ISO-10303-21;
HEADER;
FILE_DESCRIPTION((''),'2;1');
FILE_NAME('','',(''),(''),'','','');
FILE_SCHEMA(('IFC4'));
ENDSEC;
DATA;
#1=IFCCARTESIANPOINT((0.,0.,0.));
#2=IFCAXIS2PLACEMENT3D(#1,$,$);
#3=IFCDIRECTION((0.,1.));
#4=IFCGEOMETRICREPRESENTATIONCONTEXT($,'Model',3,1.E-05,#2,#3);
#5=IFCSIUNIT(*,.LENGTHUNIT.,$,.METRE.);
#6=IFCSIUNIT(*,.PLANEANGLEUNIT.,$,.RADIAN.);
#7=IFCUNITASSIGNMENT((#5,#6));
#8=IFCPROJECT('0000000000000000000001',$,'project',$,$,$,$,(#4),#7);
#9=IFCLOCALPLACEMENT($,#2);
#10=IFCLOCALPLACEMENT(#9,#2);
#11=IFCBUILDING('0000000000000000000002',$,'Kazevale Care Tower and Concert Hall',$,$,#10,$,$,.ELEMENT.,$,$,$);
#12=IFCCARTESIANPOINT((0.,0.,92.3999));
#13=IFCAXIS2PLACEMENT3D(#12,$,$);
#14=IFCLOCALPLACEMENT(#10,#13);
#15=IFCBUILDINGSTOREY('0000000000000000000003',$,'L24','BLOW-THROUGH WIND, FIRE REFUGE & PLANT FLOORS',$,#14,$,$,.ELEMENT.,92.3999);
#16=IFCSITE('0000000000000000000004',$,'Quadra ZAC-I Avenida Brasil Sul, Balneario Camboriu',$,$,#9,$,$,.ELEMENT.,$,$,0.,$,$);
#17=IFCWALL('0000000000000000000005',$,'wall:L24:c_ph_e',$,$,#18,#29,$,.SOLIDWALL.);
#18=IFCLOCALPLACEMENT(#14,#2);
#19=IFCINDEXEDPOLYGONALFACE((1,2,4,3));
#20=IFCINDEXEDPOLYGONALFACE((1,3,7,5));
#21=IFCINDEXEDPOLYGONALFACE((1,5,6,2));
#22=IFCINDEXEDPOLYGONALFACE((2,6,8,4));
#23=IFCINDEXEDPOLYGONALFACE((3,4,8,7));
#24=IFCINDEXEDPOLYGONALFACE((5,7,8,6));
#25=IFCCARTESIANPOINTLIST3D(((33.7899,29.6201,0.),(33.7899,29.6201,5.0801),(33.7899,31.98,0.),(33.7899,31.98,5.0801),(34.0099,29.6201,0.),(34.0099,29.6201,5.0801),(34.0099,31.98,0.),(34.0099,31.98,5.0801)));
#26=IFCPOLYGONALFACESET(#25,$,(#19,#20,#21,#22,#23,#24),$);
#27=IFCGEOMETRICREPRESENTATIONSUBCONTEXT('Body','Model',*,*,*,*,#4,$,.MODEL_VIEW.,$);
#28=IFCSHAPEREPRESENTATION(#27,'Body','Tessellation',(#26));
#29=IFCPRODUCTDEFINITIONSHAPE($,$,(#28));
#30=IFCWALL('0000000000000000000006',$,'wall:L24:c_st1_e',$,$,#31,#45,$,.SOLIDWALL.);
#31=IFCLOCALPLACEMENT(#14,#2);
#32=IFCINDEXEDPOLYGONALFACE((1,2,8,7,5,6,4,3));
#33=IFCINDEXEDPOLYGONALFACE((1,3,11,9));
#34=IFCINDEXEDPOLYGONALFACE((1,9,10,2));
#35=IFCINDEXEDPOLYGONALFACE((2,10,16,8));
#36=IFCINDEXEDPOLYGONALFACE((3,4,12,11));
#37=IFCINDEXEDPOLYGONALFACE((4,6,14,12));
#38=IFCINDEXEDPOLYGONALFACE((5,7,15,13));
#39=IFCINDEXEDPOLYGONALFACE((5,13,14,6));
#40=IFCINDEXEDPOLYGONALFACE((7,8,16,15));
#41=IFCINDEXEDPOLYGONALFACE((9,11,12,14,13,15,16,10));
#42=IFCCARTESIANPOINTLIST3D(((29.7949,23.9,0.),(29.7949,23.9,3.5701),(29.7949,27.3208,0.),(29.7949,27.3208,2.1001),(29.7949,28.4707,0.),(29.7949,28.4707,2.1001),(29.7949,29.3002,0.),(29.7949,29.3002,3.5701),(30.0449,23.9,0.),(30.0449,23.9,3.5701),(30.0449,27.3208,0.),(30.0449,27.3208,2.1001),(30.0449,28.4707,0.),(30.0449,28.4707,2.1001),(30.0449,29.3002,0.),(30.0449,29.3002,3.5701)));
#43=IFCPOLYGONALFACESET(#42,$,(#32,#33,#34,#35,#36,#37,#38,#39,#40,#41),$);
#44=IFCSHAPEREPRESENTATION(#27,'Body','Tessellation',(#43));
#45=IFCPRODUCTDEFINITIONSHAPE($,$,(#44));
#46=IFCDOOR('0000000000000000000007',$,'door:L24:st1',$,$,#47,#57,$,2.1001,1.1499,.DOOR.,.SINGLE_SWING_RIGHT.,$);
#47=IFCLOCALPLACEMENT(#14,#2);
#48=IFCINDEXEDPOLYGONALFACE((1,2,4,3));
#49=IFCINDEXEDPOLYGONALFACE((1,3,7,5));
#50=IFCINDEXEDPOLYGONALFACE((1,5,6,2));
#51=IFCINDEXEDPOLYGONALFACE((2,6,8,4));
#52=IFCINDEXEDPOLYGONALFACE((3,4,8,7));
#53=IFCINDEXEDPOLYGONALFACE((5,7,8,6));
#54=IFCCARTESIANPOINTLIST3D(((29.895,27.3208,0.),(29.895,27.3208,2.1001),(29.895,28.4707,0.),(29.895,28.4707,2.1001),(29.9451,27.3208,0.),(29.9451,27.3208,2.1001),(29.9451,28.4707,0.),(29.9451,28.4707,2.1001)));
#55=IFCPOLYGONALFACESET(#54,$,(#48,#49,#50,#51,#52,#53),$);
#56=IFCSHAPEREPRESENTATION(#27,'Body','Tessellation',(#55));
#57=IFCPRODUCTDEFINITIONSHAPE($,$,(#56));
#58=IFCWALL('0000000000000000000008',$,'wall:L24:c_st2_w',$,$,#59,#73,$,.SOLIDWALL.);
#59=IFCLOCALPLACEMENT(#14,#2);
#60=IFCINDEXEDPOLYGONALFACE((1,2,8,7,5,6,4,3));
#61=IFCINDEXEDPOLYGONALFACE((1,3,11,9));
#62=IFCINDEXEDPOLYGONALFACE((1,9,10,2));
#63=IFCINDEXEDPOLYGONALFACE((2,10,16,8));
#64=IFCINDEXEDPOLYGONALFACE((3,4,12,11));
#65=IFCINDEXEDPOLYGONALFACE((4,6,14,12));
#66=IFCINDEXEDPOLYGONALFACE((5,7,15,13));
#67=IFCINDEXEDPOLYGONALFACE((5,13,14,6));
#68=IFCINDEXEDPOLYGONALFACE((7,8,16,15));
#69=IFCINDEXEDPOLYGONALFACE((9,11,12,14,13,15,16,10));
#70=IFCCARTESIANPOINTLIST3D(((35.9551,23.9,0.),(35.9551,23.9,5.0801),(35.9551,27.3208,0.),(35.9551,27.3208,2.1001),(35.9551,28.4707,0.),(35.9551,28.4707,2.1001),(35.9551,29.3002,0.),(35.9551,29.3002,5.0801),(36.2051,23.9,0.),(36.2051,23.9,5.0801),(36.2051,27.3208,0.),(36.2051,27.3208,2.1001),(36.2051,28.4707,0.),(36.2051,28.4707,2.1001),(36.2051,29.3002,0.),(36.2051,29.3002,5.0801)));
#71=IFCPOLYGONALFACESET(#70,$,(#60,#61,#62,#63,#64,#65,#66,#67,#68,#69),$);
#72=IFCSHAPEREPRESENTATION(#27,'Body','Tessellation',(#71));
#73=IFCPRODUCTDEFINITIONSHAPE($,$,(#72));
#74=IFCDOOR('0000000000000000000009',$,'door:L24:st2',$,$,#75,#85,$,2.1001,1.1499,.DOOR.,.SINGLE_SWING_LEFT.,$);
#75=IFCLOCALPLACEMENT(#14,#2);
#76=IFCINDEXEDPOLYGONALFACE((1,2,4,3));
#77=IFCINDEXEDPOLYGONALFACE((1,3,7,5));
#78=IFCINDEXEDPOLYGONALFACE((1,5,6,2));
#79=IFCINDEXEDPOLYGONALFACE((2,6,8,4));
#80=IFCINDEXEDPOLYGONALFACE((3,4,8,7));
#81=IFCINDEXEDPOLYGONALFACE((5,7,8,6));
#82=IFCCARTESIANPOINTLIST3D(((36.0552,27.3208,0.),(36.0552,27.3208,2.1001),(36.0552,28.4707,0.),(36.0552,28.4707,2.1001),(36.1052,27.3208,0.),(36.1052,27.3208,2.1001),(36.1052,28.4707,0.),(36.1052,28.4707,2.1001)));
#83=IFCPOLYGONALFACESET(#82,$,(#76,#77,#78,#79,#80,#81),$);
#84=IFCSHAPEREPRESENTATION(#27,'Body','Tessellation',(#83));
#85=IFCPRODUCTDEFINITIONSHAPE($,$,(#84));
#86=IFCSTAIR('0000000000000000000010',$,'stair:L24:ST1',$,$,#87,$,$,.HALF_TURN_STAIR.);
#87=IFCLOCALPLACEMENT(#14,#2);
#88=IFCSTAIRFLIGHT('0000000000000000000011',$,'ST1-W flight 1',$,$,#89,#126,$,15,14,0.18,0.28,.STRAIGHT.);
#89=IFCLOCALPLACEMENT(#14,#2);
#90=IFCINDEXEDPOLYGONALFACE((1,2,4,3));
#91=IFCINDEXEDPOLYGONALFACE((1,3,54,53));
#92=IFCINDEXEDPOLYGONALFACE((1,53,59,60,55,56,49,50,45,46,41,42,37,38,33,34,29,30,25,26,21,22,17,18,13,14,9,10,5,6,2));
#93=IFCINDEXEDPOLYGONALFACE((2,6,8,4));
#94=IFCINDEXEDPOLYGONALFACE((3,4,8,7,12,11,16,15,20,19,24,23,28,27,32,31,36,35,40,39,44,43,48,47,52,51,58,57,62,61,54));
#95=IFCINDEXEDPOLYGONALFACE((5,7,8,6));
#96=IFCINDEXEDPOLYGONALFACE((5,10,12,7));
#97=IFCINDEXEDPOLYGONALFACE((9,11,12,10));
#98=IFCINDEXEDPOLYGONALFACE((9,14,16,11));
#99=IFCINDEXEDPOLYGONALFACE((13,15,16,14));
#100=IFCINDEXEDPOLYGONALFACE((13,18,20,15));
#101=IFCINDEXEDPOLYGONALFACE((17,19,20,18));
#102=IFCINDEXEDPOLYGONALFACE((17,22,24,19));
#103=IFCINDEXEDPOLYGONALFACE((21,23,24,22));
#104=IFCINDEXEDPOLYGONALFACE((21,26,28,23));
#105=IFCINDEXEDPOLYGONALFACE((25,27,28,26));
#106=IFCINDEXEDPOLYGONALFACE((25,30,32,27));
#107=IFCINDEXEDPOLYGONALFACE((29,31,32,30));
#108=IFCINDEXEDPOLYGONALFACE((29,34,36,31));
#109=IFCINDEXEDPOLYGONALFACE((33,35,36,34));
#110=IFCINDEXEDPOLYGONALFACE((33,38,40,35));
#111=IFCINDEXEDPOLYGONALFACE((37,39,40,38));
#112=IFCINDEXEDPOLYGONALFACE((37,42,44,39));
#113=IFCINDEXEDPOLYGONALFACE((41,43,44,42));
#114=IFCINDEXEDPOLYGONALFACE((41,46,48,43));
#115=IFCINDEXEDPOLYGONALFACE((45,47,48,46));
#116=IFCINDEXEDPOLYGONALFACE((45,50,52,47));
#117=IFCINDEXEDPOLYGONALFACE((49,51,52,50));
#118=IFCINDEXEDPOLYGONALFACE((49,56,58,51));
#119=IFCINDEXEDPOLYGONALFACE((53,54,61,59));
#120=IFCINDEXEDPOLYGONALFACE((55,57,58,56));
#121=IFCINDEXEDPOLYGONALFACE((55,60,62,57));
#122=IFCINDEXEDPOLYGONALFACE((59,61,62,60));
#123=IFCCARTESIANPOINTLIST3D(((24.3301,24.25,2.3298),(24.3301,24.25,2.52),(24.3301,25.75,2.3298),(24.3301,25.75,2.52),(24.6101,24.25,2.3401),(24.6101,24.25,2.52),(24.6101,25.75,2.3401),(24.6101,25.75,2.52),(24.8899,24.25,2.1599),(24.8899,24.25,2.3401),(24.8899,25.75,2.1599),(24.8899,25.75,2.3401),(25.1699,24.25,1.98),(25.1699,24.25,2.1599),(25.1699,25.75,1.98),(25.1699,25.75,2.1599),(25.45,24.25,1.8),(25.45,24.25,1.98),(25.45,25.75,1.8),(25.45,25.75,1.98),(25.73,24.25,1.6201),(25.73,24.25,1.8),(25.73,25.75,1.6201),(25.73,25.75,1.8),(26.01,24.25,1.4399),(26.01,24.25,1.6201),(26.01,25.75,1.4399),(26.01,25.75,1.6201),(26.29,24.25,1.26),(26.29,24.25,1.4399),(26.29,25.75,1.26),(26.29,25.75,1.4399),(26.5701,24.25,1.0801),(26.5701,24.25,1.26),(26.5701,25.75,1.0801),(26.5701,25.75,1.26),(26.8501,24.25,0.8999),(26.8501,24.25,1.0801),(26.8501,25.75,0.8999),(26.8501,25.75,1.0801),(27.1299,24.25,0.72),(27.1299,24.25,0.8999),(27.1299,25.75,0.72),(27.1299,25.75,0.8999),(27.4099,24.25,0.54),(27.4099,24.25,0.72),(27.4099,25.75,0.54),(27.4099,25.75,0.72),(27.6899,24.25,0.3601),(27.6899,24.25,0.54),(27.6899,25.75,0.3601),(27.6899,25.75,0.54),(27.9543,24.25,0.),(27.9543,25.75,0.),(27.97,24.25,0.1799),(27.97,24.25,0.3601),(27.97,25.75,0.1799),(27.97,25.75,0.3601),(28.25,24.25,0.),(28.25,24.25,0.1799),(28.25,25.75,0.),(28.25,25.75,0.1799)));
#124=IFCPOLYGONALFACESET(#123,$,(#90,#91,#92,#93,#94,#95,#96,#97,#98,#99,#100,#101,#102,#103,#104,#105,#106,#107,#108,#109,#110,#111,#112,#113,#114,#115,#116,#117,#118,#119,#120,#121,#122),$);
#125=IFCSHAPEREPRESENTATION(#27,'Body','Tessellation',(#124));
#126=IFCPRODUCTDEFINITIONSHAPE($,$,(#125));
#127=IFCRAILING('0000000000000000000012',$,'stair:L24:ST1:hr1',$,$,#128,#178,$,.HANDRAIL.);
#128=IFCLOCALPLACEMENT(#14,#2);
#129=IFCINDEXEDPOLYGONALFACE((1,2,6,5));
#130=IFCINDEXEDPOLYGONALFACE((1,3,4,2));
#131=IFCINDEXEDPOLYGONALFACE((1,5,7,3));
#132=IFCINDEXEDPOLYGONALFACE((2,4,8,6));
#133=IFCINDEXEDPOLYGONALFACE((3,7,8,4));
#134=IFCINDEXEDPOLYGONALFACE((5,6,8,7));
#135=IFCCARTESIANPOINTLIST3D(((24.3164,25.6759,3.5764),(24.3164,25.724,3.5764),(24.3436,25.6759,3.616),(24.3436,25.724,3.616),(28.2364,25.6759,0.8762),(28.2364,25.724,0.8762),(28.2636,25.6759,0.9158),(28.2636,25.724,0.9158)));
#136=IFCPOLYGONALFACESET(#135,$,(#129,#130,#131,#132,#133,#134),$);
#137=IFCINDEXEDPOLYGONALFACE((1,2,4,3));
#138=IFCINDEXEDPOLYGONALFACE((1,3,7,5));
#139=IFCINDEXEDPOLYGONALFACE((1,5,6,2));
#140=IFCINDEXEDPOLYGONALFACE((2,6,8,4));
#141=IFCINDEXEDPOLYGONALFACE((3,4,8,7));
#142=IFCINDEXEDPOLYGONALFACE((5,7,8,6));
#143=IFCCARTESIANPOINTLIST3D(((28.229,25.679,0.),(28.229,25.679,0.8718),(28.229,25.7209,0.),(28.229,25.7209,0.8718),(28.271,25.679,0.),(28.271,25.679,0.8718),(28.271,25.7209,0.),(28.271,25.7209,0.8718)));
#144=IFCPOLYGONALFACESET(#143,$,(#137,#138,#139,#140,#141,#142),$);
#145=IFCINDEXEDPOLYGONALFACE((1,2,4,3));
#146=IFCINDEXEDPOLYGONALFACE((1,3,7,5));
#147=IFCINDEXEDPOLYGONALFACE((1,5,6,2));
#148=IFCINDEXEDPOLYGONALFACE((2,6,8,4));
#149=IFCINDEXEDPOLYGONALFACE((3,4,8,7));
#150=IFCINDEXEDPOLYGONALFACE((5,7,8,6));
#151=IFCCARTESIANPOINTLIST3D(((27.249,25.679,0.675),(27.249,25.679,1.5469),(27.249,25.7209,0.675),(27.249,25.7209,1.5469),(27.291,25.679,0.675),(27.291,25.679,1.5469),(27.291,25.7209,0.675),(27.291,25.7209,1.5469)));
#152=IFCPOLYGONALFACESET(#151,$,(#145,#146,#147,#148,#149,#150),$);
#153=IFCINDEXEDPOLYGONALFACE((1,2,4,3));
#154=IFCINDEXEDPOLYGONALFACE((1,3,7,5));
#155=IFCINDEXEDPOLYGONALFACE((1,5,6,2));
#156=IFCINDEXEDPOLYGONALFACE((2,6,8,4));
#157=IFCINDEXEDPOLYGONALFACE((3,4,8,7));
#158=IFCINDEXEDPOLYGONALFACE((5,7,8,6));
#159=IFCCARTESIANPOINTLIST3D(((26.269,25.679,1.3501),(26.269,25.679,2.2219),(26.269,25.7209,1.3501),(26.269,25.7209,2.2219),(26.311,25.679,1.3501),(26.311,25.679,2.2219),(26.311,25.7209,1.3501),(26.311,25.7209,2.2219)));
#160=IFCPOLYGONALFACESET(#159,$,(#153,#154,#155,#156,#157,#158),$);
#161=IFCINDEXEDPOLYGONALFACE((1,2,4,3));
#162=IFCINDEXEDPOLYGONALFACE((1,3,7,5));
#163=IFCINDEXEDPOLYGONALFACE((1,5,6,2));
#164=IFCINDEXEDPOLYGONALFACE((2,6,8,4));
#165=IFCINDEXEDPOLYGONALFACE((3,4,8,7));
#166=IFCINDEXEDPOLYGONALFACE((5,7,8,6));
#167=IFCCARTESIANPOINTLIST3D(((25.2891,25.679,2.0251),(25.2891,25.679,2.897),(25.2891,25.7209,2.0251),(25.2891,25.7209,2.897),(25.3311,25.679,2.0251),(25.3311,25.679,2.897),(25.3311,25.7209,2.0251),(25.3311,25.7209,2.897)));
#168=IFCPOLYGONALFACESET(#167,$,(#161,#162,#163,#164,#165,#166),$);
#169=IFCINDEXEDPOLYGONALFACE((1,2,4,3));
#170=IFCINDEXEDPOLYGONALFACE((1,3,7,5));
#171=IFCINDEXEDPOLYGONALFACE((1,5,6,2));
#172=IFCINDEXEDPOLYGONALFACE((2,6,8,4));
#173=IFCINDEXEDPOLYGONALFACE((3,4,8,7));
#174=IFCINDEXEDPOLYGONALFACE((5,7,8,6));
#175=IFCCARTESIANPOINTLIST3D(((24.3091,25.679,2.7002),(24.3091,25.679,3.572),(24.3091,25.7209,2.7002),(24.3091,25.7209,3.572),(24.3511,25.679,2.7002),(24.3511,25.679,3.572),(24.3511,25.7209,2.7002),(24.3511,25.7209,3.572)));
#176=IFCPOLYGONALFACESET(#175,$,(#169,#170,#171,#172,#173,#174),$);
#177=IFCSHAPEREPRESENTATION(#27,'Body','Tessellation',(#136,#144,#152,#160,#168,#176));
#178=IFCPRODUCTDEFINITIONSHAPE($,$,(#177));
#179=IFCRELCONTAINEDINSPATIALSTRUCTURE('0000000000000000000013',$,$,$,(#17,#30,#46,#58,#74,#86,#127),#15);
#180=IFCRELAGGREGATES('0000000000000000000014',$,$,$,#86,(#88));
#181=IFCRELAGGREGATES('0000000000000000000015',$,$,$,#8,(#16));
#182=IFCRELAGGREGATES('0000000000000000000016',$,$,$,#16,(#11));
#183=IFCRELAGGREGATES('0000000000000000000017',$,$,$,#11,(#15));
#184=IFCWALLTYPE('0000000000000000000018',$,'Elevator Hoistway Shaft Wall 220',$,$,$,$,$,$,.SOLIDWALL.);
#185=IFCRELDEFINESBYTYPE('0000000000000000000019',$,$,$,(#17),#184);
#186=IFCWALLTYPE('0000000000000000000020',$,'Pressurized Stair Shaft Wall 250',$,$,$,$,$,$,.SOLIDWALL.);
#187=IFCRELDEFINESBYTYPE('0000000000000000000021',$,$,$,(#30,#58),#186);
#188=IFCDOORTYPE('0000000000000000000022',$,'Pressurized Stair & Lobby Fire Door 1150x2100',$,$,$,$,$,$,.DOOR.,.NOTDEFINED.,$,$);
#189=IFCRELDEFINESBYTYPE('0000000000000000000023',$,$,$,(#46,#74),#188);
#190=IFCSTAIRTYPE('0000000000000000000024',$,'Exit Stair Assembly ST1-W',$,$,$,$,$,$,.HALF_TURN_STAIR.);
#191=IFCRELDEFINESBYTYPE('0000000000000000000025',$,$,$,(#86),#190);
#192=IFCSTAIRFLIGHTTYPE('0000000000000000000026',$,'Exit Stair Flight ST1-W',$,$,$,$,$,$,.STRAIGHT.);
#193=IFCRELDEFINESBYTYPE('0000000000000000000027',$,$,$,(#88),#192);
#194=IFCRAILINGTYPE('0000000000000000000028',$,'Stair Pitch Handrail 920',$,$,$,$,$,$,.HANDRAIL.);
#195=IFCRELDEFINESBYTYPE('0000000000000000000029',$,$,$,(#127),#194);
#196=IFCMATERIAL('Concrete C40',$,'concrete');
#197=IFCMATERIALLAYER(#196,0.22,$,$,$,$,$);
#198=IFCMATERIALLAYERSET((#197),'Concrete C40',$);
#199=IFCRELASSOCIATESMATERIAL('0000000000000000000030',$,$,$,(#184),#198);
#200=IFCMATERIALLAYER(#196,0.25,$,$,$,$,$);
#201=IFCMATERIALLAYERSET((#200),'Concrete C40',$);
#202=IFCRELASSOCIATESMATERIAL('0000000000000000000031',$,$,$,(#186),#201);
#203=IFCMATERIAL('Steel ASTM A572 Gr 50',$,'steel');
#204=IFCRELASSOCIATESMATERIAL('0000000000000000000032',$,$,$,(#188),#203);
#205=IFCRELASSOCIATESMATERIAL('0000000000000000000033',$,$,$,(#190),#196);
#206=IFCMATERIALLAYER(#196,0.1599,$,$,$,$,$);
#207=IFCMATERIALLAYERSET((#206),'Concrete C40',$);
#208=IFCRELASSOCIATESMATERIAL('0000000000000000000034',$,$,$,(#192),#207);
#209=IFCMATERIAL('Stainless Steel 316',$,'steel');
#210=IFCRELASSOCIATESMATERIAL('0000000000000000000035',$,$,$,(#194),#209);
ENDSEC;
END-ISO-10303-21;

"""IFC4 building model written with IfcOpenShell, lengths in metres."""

from ifc_helpers import new_model, si_unit, direction, frame, frame_2d, origin, origin_2d, place, context, subcontext, project, spatial, polyline, rectangle, outline, extrude, material, layer, layer_set, type_object, element, fill, aggregate, save


model = new_model("IFC4")

# Units and contexts
model_context = context("Model", 3, precision=1e-05, world=origin(), true_north=direction((0.0, 1.0)))
body_context = subcontext(model_context, "Body", "Model", "MODEL_VIEW")
ifc_project = project(units=[si_unit("LENGTHUNIT", "METRE"), si_unit("PLANEANGLEUNIT", "RADIAN")], contexts=[model_context])

# Site, building, storey
site_placement = place(None, origin())
site = spatial("IfcSite", under=ifc_project, at=site_placement, Name="Quadra ZAC-I Avenida Brasil Sul, Balneario Camboriu", CompositionType="ELEMENT", RefElevation=0.0)
building_placement = place(site_placement, origin())
building = spatial("IfcBuilding", under=site, at=building_placement, Name="Kazevale Care Tower and Concert Hall", CompositionType="ELEMENT")
storey_placement = place(building_placement, frame((0.0, 0.0, 92.3999)))
storey = spatial("IfcBuildingStorey", under=building, at=storey_placement, Name="L24", Description="BLOW-THROUGH WIND, FIRE REFUGE & PLANT FLOORS", CompositionType="ELEMENT", Elevation=92.3999)

# Shared definitions
ifc_material_1 = material(Name="Steel ASTM A572 Gr 50", Category="steel")

# Shared definitions
ifc_material_2 = material(Name="Concrete C40", Category="concrete")
ifc_layer_1 = layer(ifc_material_2, 0.22)
ifc_layer_set_1 = layer_set([ifc_layer_1], Name="Concrete C40")
wall_type_1 = type_object("IfcWallType", Name="Elevator Hoistway Shaft Wall 220", PredefinedType="SOLIDWALL", material=ifc_layer_set_1)
ifc_material_3 = material(Name="Stainless Steel 316", Category="steel")

# Wall
wall_1_placement = place(storey_placement, frame((33.8999, 29.6201, 0.0), z_axis=(0.0, 0.0, 1.0), x_axis=(0.0, 1.0, 0.0)))
element("IfcWall", 1, at=wall_1_placement, inside=storey, type_object=wall_type_1, Name="wall:L24:c_ph_e", PredefinedType="SOLIDWALL", context=body_context, shape_type="SweptSolid", body=[
    extrude(rectangle(XDim=2.3599, YDim=0.22, at=frame_2d((1.1799, 0.0))), origin(), (0.0, 0.0, 1.0), 5.0801),
])

# Walls, openings, doors
ifc_layer_2 = layer(ifc_material_2, 0.25)
ifc_layer_set_2 = layer_set([ifc_layer_2], Name="Concrete C40")
wall_type_2 = type_object("IfcWallType", Name="Pressurized Stair Shaft Wall 250", PredefinedType="SOLIDWALL", material=ifc_layer_set_2)
wall_2_placement = place(storey_placement, frame((29.9199, 23.8999, 0.0), z_axis=(0.0, 0.0, 1.0), x_axis=(0.0, 1.0, 0.0)))
wall_2 = element("IfcWall", 2, at=wall_2_placement, inside=storey, type_object=wall_type_2, Name="wall:L24:c_st1_e", PredefinedType="SOLIDWALL", context=body_context, shape_type="SweptSolid", body=[
    extrude(rectangle(XDim=5.4001, YDim=0.25, at=frame_2d((2.7002, 0.0))), origin(), (0.0, 0.0, 1.0), 3.5701),
])
opening_1_placement = place(wall_2_placement, frame((3.4209, 0.0, 0.0)))
opening_1 = element("IfcOpeningElement", 3, at=opening_1_placement, cuts=wall_2, PredefinedType="OPENING", context=body_context, shape_type="SweptSolid", body=[
    extrude(rectangle(XDim=1.1499, YDim=2.1001, at=frame_2d((0.575, 1.05))), frame((0.0, 0.135, 0.0), z_axis=(0.0, -1.0, 0.0), x_axis=(1.0, 0.0, 0.0)), (0.0, 0.0, 1.0), 0.27),
])
door_type_1 = type_object("IfcDoorType", Name="Pressurized Stair & Lobby Fire Door 1150x2100", OperationType="NOTDEFINED", PredefinedType="DOOR", material=ifc_material_1)
door_1_placement = place(opening_1_placement, origin())
door_1 = element("IfcDoor", 4, at=door_1_placement, inside=storey, type_object=door_type_1, Name="door:L24:st1", OperationType="SINGLE_SWING_RIGHT", OverallHeight=2.1001, OverallWidth=1.1499, PredefinedType="DOOR", context=body_context, shape_type="SweptSolid", body=[
    extrude(rectangle(XDim=1.1499, YDim=2.1001, at=frame_2d((0.575, 1.05))), frame((0.0, 0.0249, 0.0), z_axis=(0.0, -1.0, 0.0), x_axis=(1.0, 0.0, 0.0)), (0.0, 0.0, 1.0), 0.05),
])
fill(opening_1, door_1)
wall_3_placement = place(storey_placement, frame((36.0801, 23.8999, 0.0), z_axis=(0.0, 0.0, 1.0), x_axis=(0.0, 1.0, 0.0)))
wall_3 = element("IfcWall", 5, at=wall_3_placement, inside=storey, type_object=wall_type_2, Name="wall:L24:c_st2_w", PredefinedType="SOLIDWALL", context=body_context, shape_type="SweptSolid", body=[
    extrude(rectangle(XDim=5.4001, YDim=0.25, at=frame_2d((2.7002, 0.0))), origin(), (0.0, 0.0, 1.0), 5.0801),
])
opening_2_placement = place(wall_3_placement, frame((3.4209, 0.0, 0.0)))
opening_2 = element("IfcOpeningElement", 6, at=opening_2_placement, cuts=wall_3, PredefinedType="OPENING", context=body_context, shape_type="SweptSolid", body=[
    extrude(rectangle(XDim=1.1499, YDim=2.1001, at=frame_2d((0.575, 1.05))), frame((0.0, 0.135, 0.0), z_axis=(0.0, -1.0, 0.0), x_axis=(1.0, 0.0, 0.0)), (0.0, 0.0, 1.0), 0.27),
])
door_2_placement = place(opening_2_placement, origin())
door_2 = element("IfcDoor", 7, at=door_2_placement, inside=storey, type_object=door_type_1, Name="door:L24:st2", OperationType="SINGLE_SWING_LEFT", OverallHeight=2.1001, OverallWidth=1.1499, PredefinedType="DOOR", context=body_context, shape_type="SweptSolid", body=[
    extrude(rectangle(XDim=1.1499, YDim=2.1001, at=frame_2d((0.575, 1.05))), frame((0.0, 0.0249, 0.0), z_axis=(0.0, -1.0, 0.0), x_axis=(1.0, 0.0, 0.0)), (0.0, 0.0, 1.0), 0.05),
])
fill(opening_2, door_2)

# Stair, stair flight
stair_type = type_object("IfcStairType", Name="Exit Stair Assembly ST1-W", PredefinedType="HALF_TURN_STAIR", material=ifc_material_2)
stair_placement = place(storey_placement, origin())
stair = element("IfcStair", 8, at=stair_placement, inside=storey, type_object=stair_type, Name="stair:L24:ST1", PredefinedType="HALF_TURN_STAIR")
ifc_layer_3 = layer(ifc_material_2, 0.1599)
ifc_layer_set_3 = layer_set([ifc_layer_3], Name="Concrete C40")
stair_flight_type = type_object("IfcStairFlightType", Name="Exit Stair Flight ST1-W", PredefinedType="STRAIGHT", material=ifc_layer_set_3)
stair_flight_placement = place(storey_placement, frame((28.25, 25.0, 0.0), z_axis=(0.0, 0.0, 1.0), x_axis=(-1.0, 0.0, 0.0)))
stair_flight = element("IfcStairFlight", 9, at=stair_flight_placement, type_object=stair_flight_type, Name="ST1-W flight 1", NumberOfRisers=15, NumberOfTreads=14, PredefinedType="STRAIGHT", RiserHeight=0.18, TreadLength=0.28, context=body_context, shape_type="SweptSolid", body=[
    extrude(outline(polyline([(0.0, 0.0), (0.0, 0.1799), (0.28, 0.1799), (0.28, 0.3601), (0.5601, 0.3601), (0.5601, 0.54), (0.8401, 0.54), (0.8401, 0.72), (1.1201, 0.72), (1.1201, 0.8999), (1.3999, 0.8999), (1.3999, 1.0801), (1.6799, 1.0801), (1.6799, 1.26), (1.96, 1.26), (1.96, 1.4399), (2.24, 1.4399), (2.24, 1.6201), (2.52, 1.6201), (2.52, 1.8), (2.8, 1.8), (2.8, 1.98), (3.0801, 1.98), (3.0801, 2.1599), (3.3601, 2.1599), (3.3601, 2.3401), (3.6399, 2.3401), (3.6399, 2.52), (3.9199, 2.52), (3.9199, 2.7), (3.9199, 2.3298), (0.2957, 0.0), (0.0, 0.0)])), frame((0.0, 0.75, 0.0), z_axis=(0.0, -1.0, 0.0), x_axis=(1.0, 0.0, 0.0)), (0.0, 0.0, 1.0), 1.5),
])
aggregate(stair, [stair_flight])

# Railing
railing_type_1 = type_object("IfcRailingType", Name="Stair Pitch Handrail 920", PredefinedType="HANDRAIL", material=ifc_material_3)
railing_1_placement = place(storey_placement, frame((28.25, 25.7, 0.0)))
element("IfcRailing", 10, at=railing_1_placement, inside=storey, type_object=railing_type_1, Name="stair:L24:ST1:hr1", PredefinedType="HANDRAIL", context=body_context, shape_type="SweptSolid", body=[
    extrude(rectangle(XDim=0.0481, YDim=0.0481, at=origin_2d()), frame((0.0, 0.0, 0.896), z_axis=(-0.823527, 0.0, 0.567277), x_axis=(0.0, -1.0, 0.0)), (0.0, 0.0, 1.0), 4.76),
    extrude(rectangle(XDim=0.042, YDim=0.042, at=origin_2d()), origin(), (0.0, 0.0, 1.0), 0.8718),
    extrude(rectangle(XDim=0.042, YDim=0.042, at=origin_2d()), frame((-0.98, 0.0, 0.675)), (0.0, 0.0, 1.0), 0.8718),
    extrude(rectangle(XDim=0.042, YDim=0.042, at=origin_2d()), frame((-1.96, 0.0, 1.3501)), (0.0, 0.0, 1.0), 0.8718),
    extrude(rectangle(XDim=0.042, YDim=0.042, at=origin_2d()), frame((-2.9399, 0.0, 2.0251)), (0.0, 0.0, 1.0), 0.8718),
    extrude(rectangle(XDim=0.042, YDim=0.042, at=origin_2d()), frame((-3.9199, 0.0, 2.7002)), (0.0, 0.0, 1.0), 0.8718),
])

save(model, "model.ifc")
